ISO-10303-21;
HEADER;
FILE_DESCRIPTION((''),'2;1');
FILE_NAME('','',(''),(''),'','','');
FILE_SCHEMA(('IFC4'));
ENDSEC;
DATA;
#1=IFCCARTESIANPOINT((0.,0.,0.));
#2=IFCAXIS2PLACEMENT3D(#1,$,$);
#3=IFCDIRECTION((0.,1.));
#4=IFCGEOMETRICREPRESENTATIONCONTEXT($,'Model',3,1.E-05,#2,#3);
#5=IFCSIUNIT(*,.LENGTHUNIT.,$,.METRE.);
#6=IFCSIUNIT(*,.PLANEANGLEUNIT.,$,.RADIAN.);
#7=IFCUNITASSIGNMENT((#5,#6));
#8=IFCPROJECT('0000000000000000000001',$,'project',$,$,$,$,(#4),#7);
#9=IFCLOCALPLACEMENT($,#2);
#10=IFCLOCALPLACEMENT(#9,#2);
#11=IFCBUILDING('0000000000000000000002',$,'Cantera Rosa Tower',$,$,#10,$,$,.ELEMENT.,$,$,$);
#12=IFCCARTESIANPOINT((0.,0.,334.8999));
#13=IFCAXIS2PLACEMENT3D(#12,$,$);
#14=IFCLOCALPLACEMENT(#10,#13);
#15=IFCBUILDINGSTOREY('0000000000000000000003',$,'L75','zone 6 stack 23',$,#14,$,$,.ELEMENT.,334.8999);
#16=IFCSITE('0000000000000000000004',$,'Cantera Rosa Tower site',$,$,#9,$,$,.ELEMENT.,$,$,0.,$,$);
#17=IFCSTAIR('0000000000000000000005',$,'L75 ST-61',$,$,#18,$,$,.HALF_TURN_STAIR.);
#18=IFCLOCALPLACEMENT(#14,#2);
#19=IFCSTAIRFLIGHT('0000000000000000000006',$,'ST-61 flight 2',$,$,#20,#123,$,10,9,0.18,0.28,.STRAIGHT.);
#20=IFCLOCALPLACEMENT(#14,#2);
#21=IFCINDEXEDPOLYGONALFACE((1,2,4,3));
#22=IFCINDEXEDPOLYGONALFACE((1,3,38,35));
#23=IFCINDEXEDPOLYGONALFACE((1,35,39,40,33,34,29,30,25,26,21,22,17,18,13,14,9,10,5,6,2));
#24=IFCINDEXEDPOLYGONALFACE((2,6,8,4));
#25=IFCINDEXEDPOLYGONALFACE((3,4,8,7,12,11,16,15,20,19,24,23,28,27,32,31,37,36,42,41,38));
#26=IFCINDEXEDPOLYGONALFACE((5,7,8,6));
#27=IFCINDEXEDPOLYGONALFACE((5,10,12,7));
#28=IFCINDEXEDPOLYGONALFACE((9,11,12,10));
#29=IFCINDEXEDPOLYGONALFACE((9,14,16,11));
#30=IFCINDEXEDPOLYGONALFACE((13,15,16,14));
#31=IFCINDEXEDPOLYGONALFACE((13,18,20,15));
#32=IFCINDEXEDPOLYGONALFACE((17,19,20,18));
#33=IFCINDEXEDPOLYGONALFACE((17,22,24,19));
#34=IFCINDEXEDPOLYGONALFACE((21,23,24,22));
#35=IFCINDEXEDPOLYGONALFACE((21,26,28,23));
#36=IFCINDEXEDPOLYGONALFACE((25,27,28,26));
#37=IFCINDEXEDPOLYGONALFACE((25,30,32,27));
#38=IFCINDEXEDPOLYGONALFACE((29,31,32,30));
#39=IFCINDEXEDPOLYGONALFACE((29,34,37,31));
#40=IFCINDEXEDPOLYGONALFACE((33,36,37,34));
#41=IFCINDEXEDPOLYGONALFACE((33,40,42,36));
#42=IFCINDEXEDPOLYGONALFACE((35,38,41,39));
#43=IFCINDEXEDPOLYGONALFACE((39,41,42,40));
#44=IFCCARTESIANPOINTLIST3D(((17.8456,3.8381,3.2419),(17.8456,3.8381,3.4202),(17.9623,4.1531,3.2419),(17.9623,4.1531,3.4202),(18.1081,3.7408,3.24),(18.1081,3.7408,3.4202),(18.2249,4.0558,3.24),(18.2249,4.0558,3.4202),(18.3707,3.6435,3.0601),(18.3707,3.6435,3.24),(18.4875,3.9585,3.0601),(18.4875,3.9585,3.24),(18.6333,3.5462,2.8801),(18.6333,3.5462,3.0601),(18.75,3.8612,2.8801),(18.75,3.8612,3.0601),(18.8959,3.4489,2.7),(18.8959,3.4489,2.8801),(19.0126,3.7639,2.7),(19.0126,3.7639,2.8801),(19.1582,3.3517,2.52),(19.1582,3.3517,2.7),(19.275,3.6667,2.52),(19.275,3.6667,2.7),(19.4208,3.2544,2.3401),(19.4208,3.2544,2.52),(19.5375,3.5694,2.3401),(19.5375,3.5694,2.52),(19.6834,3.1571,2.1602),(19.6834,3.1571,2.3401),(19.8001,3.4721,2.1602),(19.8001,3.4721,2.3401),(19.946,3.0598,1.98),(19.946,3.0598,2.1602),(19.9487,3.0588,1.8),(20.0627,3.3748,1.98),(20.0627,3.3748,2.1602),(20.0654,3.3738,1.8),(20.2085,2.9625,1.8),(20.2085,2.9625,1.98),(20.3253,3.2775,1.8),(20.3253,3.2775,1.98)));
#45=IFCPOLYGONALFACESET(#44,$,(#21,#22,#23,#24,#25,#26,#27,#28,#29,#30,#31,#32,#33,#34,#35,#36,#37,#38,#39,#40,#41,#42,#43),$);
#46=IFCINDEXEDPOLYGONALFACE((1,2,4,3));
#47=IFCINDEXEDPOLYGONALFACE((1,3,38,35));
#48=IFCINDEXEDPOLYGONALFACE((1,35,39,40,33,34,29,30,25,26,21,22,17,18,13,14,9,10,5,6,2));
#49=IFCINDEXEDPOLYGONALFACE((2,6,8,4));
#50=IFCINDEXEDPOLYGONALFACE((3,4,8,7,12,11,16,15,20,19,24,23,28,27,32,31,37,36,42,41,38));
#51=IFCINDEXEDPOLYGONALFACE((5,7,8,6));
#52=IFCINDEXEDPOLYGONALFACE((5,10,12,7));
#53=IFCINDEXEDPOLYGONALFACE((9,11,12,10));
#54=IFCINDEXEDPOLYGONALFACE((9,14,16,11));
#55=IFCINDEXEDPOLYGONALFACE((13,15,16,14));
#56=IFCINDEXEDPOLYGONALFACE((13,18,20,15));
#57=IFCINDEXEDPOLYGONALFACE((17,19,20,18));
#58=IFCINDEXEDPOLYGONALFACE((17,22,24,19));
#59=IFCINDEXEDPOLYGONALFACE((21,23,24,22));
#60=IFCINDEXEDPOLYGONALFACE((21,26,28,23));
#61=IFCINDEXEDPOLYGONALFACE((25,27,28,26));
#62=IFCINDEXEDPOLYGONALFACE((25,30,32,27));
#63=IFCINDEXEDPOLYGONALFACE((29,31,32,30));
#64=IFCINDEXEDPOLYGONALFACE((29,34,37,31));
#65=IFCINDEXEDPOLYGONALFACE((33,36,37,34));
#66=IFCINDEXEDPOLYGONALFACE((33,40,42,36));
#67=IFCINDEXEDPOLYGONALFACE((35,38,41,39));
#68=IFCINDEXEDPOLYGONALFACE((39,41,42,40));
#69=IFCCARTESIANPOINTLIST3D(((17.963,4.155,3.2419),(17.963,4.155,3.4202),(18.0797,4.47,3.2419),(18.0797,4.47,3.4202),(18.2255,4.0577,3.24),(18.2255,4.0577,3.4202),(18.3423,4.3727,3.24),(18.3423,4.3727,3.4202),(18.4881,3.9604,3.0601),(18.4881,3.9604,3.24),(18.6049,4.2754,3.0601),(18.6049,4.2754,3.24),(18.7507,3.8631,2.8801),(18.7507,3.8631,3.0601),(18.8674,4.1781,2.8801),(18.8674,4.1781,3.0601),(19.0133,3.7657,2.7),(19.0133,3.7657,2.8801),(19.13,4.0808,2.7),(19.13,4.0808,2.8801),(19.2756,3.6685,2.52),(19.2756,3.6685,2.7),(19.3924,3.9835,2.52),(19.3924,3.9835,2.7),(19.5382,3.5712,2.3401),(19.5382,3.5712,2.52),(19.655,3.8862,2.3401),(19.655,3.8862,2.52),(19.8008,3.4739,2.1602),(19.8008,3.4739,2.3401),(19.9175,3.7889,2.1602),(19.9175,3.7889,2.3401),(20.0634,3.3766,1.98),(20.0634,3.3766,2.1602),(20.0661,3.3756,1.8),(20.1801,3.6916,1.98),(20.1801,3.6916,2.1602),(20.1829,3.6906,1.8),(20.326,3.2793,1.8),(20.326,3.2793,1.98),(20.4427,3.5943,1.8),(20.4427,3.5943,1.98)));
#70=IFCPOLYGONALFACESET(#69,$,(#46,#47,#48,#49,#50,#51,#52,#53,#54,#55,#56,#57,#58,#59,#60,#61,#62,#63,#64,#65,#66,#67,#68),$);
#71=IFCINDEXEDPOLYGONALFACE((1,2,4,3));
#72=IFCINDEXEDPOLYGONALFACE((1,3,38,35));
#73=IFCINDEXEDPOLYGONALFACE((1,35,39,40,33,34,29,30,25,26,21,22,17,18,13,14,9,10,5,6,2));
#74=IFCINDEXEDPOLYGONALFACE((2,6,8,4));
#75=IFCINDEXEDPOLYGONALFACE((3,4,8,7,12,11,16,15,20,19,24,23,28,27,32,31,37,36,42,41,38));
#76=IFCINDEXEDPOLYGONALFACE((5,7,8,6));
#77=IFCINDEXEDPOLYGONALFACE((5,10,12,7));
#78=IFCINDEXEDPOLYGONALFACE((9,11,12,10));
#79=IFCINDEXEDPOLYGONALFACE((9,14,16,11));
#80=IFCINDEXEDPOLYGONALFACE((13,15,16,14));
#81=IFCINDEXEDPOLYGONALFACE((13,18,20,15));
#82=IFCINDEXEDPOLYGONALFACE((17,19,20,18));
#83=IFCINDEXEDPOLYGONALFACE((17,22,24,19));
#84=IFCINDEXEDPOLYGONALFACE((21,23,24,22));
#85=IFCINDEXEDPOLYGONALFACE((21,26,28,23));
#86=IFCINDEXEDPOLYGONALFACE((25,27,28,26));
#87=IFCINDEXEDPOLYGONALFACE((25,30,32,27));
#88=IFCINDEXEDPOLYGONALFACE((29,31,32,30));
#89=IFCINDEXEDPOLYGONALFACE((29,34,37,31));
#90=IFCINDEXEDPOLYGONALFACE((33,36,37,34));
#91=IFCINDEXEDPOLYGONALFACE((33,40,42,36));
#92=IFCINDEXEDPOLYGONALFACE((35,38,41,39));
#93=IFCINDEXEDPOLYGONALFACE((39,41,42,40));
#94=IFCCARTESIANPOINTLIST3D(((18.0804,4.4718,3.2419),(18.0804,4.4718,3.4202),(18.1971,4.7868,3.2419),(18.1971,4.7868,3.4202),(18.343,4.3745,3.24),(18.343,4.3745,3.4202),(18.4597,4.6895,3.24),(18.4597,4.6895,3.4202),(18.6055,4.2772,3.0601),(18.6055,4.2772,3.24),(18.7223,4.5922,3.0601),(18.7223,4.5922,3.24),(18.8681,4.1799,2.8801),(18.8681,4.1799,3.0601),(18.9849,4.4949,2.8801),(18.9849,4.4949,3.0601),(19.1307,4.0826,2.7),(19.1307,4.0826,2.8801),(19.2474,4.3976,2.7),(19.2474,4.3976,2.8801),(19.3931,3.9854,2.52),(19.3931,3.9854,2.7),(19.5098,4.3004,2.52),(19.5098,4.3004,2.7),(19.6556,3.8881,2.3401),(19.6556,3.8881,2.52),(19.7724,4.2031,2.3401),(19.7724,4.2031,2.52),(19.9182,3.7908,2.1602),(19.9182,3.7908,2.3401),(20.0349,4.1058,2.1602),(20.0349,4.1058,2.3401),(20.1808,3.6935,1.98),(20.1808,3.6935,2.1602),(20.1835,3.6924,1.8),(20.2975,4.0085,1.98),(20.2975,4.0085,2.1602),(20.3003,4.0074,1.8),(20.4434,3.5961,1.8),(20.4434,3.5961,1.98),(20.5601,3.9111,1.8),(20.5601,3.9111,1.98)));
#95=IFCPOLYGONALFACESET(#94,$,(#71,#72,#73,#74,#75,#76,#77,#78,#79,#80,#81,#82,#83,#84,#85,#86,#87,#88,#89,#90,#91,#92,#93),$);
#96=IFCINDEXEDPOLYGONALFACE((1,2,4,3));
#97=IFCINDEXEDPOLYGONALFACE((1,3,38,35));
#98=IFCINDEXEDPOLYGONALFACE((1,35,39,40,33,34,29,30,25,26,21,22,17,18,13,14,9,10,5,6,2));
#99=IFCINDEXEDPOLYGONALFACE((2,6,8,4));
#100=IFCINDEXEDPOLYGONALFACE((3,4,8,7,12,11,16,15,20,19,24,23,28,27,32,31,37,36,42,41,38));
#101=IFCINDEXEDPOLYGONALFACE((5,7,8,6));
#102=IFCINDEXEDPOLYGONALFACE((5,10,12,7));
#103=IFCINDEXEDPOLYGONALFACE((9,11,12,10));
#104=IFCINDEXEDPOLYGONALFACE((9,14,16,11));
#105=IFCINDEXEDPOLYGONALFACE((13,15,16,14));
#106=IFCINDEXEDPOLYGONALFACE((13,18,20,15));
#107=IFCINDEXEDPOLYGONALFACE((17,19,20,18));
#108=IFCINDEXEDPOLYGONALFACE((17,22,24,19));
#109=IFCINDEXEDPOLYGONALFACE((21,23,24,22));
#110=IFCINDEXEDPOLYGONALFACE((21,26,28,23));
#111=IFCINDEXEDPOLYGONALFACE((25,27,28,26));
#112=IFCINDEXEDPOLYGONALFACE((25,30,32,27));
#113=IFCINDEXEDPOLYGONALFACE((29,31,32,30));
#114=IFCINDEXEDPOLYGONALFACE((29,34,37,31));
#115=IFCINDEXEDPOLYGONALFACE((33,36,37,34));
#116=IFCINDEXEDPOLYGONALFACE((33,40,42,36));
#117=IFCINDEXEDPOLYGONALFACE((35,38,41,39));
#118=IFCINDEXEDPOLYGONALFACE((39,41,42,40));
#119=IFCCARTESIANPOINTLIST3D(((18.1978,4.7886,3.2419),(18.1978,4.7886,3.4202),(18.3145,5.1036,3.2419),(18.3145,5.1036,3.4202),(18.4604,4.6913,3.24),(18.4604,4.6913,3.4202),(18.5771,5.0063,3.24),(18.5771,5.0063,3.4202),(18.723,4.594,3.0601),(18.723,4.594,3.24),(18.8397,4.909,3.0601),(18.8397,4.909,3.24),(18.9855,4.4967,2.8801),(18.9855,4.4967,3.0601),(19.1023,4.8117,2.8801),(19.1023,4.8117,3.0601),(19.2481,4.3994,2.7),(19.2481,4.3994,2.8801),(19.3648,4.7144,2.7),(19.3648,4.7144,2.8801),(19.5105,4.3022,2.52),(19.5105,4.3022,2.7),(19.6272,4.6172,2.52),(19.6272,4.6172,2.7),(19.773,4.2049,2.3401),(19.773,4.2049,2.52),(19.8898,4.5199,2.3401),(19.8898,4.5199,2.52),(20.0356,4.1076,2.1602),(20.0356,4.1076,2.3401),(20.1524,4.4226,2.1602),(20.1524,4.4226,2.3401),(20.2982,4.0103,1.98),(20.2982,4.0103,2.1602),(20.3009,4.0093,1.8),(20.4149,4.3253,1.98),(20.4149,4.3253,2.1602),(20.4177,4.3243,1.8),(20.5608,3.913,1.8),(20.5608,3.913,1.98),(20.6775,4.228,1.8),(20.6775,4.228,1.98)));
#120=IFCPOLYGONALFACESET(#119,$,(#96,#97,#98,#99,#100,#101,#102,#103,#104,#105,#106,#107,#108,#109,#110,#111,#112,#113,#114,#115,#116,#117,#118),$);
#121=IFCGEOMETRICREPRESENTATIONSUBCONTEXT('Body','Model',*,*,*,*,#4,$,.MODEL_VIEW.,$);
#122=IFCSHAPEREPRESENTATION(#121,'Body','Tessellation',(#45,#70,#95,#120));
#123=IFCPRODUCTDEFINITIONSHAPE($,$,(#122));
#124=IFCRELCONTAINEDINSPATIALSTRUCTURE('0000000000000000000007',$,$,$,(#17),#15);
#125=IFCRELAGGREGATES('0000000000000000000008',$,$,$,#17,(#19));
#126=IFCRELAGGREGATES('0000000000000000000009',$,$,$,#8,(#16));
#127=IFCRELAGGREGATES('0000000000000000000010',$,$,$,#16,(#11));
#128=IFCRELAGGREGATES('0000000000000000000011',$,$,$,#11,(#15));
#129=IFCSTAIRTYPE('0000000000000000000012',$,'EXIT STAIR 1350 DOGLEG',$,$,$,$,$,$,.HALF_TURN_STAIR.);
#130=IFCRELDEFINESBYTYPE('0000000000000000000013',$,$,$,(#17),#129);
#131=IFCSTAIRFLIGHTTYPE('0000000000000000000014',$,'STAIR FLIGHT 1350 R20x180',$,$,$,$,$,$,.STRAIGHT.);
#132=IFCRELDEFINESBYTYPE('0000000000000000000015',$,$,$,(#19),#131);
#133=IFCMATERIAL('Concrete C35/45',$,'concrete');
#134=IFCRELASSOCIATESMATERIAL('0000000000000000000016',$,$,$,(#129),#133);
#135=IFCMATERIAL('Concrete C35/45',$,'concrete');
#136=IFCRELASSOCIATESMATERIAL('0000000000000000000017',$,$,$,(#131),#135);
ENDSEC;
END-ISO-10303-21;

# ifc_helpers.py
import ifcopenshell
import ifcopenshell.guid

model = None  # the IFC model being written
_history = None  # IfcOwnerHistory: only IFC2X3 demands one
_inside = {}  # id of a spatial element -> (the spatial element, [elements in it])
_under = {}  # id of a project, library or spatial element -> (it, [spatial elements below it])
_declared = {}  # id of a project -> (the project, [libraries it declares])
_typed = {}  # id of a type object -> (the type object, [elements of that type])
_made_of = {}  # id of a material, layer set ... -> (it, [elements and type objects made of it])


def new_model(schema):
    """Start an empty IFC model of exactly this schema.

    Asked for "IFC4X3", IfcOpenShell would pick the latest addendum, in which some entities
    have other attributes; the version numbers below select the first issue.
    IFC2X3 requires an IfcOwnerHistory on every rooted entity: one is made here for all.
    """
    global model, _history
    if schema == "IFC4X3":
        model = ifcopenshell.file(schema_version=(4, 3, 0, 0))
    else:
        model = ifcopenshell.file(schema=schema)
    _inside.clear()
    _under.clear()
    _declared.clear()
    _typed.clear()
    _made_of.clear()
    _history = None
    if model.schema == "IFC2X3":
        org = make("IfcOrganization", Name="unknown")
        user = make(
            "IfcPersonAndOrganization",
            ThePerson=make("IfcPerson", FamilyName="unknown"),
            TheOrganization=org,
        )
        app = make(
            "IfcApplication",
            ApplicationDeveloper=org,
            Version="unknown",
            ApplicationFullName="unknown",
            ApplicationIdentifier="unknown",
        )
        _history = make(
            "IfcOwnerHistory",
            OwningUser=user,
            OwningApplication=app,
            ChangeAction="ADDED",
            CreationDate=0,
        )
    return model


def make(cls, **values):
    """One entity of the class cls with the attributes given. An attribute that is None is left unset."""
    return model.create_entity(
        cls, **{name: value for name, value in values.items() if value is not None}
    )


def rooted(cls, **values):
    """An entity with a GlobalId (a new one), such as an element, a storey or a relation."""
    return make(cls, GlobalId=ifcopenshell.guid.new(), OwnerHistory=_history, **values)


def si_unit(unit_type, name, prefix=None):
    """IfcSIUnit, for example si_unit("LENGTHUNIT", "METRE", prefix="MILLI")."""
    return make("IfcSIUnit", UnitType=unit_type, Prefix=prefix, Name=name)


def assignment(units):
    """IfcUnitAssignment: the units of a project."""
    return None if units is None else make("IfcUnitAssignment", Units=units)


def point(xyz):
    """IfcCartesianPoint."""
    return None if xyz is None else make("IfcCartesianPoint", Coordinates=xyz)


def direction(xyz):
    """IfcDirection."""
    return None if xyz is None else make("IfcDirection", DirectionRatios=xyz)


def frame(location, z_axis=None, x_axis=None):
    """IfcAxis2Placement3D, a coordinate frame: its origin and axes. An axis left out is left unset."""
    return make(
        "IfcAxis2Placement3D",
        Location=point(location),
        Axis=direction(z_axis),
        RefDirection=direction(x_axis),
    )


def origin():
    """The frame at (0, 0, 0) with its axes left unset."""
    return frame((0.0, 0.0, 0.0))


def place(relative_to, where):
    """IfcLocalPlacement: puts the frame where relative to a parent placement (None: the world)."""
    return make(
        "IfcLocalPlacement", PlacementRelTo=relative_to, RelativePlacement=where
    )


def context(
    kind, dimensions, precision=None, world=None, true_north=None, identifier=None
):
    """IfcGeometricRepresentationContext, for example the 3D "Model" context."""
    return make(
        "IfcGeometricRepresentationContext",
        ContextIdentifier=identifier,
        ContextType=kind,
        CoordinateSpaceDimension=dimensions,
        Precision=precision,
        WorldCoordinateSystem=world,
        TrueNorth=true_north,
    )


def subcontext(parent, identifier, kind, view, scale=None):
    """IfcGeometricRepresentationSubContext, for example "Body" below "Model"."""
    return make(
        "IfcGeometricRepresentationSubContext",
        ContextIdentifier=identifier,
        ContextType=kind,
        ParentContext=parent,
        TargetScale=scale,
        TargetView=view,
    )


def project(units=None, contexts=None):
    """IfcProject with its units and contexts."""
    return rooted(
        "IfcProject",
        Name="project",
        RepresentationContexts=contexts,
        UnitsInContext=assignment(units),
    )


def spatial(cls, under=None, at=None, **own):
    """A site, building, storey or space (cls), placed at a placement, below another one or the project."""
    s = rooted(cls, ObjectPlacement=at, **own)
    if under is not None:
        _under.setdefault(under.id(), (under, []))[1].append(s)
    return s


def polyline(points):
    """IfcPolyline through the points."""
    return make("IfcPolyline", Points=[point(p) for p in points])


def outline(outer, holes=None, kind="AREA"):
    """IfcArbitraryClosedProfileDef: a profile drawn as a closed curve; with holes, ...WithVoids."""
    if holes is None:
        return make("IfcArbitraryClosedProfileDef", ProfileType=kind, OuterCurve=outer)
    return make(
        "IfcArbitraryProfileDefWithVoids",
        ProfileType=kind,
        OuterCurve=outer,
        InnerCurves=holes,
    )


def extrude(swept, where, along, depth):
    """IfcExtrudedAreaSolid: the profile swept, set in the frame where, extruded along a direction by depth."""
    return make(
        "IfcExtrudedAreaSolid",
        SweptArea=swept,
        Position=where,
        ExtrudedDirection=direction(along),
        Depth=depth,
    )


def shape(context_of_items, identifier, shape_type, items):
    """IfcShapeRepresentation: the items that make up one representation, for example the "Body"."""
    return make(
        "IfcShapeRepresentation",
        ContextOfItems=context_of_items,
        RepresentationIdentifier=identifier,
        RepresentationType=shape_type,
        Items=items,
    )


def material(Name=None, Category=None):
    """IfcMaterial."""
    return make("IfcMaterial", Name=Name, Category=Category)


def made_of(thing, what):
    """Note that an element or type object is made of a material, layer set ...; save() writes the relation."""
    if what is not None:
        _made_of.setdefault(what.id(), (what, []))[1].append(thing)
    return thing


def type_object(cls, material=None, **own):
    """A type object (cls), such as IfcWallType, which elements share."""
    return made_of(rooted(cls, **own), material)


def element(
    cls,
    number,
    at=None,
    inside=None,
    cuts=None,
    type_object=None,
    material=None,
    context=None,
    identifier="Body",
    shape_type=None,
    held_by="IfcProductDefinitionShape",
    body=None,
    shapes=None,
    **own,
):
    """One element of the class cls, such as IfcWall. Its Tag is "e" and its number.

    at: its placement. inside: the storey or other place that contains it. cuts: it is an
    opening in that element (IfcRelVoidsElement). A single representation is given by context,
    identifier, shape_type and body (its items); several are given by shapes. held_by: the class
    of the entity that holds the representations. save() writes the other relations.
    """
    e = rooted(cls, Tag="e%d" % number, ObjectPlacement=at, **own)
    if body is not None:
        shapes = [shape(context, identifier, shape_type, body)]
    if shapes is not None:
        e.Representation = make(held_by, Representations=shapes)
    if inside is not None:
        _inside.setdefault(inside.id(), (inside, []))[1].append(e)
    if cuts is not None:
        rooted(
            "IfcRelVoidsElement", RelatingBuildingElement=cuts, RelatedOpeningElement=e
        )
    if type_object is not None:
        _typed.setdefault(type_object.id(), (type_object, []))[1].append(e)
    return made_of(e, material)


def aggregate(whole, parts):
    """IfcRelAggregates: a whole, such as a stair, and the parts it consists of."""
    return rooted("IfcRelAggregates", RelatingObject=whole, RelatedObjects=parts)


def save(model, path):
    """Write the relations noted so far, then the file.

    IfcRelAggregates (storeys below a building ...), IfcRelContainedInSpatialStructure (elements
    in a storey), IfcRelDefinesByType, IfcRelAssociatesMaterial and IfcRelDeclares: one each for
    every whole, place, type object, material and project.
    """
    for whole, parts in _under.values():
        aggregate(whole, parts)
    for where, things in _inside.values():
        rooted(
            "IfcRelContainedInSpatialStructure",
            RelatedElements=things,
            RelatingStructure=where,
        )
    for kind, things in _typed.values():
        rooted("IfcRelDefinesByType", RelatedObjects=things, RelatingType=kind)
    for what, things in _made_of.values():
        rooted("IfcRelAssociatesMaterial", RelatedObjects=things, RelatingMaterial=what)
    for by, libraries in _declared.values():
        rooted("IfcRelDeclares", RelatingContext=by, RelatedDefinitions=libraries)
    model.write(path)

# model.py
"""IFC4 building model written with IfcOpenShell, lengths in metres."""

from ifc_helpers import new_model, si_unit, direction, frame, origin, place, context, subcontext, project, spatial, polyline, outline, extrude, material, type_object, element, aggregate, save


model = new_model("IFC4")

# Units and contexts
model_context = context("Model", 3, precision=1e-05, world=origin(), true_north=direction((0.0, 1.0)))
body_context = subcontext(model_context, "Body", "Model", "MODEL_VIEW")
ifc_project = project(units=[si_unit("LENGTHUNIT", "METRE"), si_unit("PLANEANGLEUNIT", "RADIAN")], contexts=[model_context])

# Site, building, storey
site_placement = place(None, origin())
site = spatial("IfcSite", under=ifc_project, at=site_placement, Name="Cantera Rosa Tower site", CompositionType="ELEMENT", RefElevation=0.0)
building_placement = place(site_placement, origin())
building = spatial("IfcBuilding", under=site, at=building_placement, Name="Cantera Rosa Tower", CompositionType="ELEMENT")
storey_placement = place(building_placement, frame((0.0, 0.0, 334.8999)))
storey = spatial("IfcBuildingStorey", under=building, at=storey_placement, Name="L75", Description="zone 6 stack 23", CompositionType="ELEMENT", Elevation=334.8999)

# Stair, stair flight
ifc_material_1 = material(Name="Concrete C35/45", Category="concrete")
stair_type = type_object("IfcStairType", Name="EXIT STAIR 1350 DOGLEG", PredefinedType="HALF_TURN_STAIR", material=ifc_material_1)
stair_placement = place(storey_placement, origin())
stair = element("IfcStair", 1, at=stair_placement, inside=storey, type_object=stair_type, Name="L75 ST-61", PredefinedType="HALF_TURN_STAIR")
ifc_material_2 = material(Name="Concrete C35/45", Category="concrete")
stair_flight_type = type_object("IfcStairFlightType", Name="STAIR FLIGHT 1350 R20x180", PredefinedType="STRAIGHT", material=ifc_material_2)
stair_flight_1_placement = place(storey_placement, frame((20.4431, 3.5955, 1.8), z_axis=(0.0, 0.0, 1.0), x_axis=(-0.937687, 0.347481, 0.0)))
stair_flight_1 = element("IfcStairFlight", 2, at=stair_flight_1_placement, type_object=stair_flight_type, Name="ST-61 flight 2", NumberOfRisers=10, NumberOfTreads=9, PredefinedType="STRAIGHT", RiserHeight=0.18, TreadLength=0.28, context=body_context, shape_type="SweptSolid", body=[
    extrude(outline(polyline([(0.0, 0.0), (0.0, 0.1799), (0.28, 0.1799), (0.28, 0.3601), (0.5601, 0.3601), (0.5601, 0.54), (0.8401, 0.54), (0.8401, 0.72), (1.1201, 0.72), (1.1201, 0.8999), (1.3999, 0.8999), (1.3999, 1.0801), (1.6799, 1.0801), (1.6799, 1.26), (1.96, 1.26), (1.96, 1.4399), (2.24, 1.4399), (2.24, 1.6201), (2.52, 1.6201), (2.52, 1.8), (2.52, 1.4419), (0.2771, 0.0), (0.0, 0.0)])), frame((0.0, 0.675, 0.0), z_axis=(0.0, -1.0, 0.0), x_axis=(1.0, 0.0, 0.0)), (0.0, 0.0, 1.0), 0.3359),
    extrude(outline(polyline([(0.0, 0.0), (0.0, 0.1799), (0.28, 0.1799), (0.28, 0.3601), (0.5601, 0.3601), (0.5601, 0.54), (0.8401, 0.54), (0.8401, 0.72), (1.1201, 0.72), (1.1201, 0.8999), (1.3999, 0.8999), (1.3999, 1.0801), (1.6799, 1.0801), (1.6799, 1.26), (1.96, 1.26), (1.96, 1.4399), (2.24, 1.4399), (2.24, 1.6201), (2.52, 1.6201), (2.52, 1.8), (2.52, 1.4419), (0.2771, 0.0), (0.0, 0.0)])), frame((0.0, 0.3372, 0.0), z_axis=(0.0, -1.0, 0.0), x_axis=(1.0, 0.0, 0.0)), (0.0, 0.0, 1.0), 0.3359),
    extrude(outline(polyline([(0.0, 0.0), (0.0, 0.1799), (0.28, 0.1799), (0.28, 0.3601), (0.5601, 0.3601), (0.5601, 0.54), (0.8401, 0.54), (0.8401, 0.72), (1.1201, 0.72), (1.1201, 0.8999), (1.3999, 0.8999), (1.3999, 1.0801), (1.6799, 1.0801), (1.6799, 1.26), (1.96, 1.26), (1.96, 1.4399), (2.24, 1.4399), (2.24, 1.6201), (2.52, 1.6201), (2.52, 1.8), (2.52, 1.4419), (0.2771, 0.0), (0.0, 0.0)])), frame((0.0, -0.0007, 0.0), z_axis=(0.0, -1.0, 0.0), x_axis=(1.0, 0.0, 0.0)), (0.0, 0.0, 1.0), 0.3359),
    extrude(outline(polyline([(0.0, 0.0), (0.0, 0.1799), (0.28, 0.1799), (0.28, 0.3601), (0.5601, 0.3601), (0.5601, 0.54), (0.8401, 0.54), (0.8401, 0.72), (1.1201, 0.72), (1.1201, 0.8999), (1.3999, 0.8999), (1.3999, 1.0801), (1.6799, 1.0801), (1.6799, 1.26), (1.96, 1.26), (1.96, 1.4399), (2.24, 1.4399), (2.24, 1.6201), (2.52, 1.6201), (2.52, 1.8), (2.52, 1.4419), (0.2771, 0.0), (0.0, 0.0)])), frame((0.0, -0.3386, 0.0), z_axis=(0.0, -1.0, 0.0), x_axis=(1.0, 0.0, 0.0)), (0.0, 0.0, 1.0), 0.3359),
])
aggregate(stair, [stair_flight_1])

save(model, "model.ifc")
